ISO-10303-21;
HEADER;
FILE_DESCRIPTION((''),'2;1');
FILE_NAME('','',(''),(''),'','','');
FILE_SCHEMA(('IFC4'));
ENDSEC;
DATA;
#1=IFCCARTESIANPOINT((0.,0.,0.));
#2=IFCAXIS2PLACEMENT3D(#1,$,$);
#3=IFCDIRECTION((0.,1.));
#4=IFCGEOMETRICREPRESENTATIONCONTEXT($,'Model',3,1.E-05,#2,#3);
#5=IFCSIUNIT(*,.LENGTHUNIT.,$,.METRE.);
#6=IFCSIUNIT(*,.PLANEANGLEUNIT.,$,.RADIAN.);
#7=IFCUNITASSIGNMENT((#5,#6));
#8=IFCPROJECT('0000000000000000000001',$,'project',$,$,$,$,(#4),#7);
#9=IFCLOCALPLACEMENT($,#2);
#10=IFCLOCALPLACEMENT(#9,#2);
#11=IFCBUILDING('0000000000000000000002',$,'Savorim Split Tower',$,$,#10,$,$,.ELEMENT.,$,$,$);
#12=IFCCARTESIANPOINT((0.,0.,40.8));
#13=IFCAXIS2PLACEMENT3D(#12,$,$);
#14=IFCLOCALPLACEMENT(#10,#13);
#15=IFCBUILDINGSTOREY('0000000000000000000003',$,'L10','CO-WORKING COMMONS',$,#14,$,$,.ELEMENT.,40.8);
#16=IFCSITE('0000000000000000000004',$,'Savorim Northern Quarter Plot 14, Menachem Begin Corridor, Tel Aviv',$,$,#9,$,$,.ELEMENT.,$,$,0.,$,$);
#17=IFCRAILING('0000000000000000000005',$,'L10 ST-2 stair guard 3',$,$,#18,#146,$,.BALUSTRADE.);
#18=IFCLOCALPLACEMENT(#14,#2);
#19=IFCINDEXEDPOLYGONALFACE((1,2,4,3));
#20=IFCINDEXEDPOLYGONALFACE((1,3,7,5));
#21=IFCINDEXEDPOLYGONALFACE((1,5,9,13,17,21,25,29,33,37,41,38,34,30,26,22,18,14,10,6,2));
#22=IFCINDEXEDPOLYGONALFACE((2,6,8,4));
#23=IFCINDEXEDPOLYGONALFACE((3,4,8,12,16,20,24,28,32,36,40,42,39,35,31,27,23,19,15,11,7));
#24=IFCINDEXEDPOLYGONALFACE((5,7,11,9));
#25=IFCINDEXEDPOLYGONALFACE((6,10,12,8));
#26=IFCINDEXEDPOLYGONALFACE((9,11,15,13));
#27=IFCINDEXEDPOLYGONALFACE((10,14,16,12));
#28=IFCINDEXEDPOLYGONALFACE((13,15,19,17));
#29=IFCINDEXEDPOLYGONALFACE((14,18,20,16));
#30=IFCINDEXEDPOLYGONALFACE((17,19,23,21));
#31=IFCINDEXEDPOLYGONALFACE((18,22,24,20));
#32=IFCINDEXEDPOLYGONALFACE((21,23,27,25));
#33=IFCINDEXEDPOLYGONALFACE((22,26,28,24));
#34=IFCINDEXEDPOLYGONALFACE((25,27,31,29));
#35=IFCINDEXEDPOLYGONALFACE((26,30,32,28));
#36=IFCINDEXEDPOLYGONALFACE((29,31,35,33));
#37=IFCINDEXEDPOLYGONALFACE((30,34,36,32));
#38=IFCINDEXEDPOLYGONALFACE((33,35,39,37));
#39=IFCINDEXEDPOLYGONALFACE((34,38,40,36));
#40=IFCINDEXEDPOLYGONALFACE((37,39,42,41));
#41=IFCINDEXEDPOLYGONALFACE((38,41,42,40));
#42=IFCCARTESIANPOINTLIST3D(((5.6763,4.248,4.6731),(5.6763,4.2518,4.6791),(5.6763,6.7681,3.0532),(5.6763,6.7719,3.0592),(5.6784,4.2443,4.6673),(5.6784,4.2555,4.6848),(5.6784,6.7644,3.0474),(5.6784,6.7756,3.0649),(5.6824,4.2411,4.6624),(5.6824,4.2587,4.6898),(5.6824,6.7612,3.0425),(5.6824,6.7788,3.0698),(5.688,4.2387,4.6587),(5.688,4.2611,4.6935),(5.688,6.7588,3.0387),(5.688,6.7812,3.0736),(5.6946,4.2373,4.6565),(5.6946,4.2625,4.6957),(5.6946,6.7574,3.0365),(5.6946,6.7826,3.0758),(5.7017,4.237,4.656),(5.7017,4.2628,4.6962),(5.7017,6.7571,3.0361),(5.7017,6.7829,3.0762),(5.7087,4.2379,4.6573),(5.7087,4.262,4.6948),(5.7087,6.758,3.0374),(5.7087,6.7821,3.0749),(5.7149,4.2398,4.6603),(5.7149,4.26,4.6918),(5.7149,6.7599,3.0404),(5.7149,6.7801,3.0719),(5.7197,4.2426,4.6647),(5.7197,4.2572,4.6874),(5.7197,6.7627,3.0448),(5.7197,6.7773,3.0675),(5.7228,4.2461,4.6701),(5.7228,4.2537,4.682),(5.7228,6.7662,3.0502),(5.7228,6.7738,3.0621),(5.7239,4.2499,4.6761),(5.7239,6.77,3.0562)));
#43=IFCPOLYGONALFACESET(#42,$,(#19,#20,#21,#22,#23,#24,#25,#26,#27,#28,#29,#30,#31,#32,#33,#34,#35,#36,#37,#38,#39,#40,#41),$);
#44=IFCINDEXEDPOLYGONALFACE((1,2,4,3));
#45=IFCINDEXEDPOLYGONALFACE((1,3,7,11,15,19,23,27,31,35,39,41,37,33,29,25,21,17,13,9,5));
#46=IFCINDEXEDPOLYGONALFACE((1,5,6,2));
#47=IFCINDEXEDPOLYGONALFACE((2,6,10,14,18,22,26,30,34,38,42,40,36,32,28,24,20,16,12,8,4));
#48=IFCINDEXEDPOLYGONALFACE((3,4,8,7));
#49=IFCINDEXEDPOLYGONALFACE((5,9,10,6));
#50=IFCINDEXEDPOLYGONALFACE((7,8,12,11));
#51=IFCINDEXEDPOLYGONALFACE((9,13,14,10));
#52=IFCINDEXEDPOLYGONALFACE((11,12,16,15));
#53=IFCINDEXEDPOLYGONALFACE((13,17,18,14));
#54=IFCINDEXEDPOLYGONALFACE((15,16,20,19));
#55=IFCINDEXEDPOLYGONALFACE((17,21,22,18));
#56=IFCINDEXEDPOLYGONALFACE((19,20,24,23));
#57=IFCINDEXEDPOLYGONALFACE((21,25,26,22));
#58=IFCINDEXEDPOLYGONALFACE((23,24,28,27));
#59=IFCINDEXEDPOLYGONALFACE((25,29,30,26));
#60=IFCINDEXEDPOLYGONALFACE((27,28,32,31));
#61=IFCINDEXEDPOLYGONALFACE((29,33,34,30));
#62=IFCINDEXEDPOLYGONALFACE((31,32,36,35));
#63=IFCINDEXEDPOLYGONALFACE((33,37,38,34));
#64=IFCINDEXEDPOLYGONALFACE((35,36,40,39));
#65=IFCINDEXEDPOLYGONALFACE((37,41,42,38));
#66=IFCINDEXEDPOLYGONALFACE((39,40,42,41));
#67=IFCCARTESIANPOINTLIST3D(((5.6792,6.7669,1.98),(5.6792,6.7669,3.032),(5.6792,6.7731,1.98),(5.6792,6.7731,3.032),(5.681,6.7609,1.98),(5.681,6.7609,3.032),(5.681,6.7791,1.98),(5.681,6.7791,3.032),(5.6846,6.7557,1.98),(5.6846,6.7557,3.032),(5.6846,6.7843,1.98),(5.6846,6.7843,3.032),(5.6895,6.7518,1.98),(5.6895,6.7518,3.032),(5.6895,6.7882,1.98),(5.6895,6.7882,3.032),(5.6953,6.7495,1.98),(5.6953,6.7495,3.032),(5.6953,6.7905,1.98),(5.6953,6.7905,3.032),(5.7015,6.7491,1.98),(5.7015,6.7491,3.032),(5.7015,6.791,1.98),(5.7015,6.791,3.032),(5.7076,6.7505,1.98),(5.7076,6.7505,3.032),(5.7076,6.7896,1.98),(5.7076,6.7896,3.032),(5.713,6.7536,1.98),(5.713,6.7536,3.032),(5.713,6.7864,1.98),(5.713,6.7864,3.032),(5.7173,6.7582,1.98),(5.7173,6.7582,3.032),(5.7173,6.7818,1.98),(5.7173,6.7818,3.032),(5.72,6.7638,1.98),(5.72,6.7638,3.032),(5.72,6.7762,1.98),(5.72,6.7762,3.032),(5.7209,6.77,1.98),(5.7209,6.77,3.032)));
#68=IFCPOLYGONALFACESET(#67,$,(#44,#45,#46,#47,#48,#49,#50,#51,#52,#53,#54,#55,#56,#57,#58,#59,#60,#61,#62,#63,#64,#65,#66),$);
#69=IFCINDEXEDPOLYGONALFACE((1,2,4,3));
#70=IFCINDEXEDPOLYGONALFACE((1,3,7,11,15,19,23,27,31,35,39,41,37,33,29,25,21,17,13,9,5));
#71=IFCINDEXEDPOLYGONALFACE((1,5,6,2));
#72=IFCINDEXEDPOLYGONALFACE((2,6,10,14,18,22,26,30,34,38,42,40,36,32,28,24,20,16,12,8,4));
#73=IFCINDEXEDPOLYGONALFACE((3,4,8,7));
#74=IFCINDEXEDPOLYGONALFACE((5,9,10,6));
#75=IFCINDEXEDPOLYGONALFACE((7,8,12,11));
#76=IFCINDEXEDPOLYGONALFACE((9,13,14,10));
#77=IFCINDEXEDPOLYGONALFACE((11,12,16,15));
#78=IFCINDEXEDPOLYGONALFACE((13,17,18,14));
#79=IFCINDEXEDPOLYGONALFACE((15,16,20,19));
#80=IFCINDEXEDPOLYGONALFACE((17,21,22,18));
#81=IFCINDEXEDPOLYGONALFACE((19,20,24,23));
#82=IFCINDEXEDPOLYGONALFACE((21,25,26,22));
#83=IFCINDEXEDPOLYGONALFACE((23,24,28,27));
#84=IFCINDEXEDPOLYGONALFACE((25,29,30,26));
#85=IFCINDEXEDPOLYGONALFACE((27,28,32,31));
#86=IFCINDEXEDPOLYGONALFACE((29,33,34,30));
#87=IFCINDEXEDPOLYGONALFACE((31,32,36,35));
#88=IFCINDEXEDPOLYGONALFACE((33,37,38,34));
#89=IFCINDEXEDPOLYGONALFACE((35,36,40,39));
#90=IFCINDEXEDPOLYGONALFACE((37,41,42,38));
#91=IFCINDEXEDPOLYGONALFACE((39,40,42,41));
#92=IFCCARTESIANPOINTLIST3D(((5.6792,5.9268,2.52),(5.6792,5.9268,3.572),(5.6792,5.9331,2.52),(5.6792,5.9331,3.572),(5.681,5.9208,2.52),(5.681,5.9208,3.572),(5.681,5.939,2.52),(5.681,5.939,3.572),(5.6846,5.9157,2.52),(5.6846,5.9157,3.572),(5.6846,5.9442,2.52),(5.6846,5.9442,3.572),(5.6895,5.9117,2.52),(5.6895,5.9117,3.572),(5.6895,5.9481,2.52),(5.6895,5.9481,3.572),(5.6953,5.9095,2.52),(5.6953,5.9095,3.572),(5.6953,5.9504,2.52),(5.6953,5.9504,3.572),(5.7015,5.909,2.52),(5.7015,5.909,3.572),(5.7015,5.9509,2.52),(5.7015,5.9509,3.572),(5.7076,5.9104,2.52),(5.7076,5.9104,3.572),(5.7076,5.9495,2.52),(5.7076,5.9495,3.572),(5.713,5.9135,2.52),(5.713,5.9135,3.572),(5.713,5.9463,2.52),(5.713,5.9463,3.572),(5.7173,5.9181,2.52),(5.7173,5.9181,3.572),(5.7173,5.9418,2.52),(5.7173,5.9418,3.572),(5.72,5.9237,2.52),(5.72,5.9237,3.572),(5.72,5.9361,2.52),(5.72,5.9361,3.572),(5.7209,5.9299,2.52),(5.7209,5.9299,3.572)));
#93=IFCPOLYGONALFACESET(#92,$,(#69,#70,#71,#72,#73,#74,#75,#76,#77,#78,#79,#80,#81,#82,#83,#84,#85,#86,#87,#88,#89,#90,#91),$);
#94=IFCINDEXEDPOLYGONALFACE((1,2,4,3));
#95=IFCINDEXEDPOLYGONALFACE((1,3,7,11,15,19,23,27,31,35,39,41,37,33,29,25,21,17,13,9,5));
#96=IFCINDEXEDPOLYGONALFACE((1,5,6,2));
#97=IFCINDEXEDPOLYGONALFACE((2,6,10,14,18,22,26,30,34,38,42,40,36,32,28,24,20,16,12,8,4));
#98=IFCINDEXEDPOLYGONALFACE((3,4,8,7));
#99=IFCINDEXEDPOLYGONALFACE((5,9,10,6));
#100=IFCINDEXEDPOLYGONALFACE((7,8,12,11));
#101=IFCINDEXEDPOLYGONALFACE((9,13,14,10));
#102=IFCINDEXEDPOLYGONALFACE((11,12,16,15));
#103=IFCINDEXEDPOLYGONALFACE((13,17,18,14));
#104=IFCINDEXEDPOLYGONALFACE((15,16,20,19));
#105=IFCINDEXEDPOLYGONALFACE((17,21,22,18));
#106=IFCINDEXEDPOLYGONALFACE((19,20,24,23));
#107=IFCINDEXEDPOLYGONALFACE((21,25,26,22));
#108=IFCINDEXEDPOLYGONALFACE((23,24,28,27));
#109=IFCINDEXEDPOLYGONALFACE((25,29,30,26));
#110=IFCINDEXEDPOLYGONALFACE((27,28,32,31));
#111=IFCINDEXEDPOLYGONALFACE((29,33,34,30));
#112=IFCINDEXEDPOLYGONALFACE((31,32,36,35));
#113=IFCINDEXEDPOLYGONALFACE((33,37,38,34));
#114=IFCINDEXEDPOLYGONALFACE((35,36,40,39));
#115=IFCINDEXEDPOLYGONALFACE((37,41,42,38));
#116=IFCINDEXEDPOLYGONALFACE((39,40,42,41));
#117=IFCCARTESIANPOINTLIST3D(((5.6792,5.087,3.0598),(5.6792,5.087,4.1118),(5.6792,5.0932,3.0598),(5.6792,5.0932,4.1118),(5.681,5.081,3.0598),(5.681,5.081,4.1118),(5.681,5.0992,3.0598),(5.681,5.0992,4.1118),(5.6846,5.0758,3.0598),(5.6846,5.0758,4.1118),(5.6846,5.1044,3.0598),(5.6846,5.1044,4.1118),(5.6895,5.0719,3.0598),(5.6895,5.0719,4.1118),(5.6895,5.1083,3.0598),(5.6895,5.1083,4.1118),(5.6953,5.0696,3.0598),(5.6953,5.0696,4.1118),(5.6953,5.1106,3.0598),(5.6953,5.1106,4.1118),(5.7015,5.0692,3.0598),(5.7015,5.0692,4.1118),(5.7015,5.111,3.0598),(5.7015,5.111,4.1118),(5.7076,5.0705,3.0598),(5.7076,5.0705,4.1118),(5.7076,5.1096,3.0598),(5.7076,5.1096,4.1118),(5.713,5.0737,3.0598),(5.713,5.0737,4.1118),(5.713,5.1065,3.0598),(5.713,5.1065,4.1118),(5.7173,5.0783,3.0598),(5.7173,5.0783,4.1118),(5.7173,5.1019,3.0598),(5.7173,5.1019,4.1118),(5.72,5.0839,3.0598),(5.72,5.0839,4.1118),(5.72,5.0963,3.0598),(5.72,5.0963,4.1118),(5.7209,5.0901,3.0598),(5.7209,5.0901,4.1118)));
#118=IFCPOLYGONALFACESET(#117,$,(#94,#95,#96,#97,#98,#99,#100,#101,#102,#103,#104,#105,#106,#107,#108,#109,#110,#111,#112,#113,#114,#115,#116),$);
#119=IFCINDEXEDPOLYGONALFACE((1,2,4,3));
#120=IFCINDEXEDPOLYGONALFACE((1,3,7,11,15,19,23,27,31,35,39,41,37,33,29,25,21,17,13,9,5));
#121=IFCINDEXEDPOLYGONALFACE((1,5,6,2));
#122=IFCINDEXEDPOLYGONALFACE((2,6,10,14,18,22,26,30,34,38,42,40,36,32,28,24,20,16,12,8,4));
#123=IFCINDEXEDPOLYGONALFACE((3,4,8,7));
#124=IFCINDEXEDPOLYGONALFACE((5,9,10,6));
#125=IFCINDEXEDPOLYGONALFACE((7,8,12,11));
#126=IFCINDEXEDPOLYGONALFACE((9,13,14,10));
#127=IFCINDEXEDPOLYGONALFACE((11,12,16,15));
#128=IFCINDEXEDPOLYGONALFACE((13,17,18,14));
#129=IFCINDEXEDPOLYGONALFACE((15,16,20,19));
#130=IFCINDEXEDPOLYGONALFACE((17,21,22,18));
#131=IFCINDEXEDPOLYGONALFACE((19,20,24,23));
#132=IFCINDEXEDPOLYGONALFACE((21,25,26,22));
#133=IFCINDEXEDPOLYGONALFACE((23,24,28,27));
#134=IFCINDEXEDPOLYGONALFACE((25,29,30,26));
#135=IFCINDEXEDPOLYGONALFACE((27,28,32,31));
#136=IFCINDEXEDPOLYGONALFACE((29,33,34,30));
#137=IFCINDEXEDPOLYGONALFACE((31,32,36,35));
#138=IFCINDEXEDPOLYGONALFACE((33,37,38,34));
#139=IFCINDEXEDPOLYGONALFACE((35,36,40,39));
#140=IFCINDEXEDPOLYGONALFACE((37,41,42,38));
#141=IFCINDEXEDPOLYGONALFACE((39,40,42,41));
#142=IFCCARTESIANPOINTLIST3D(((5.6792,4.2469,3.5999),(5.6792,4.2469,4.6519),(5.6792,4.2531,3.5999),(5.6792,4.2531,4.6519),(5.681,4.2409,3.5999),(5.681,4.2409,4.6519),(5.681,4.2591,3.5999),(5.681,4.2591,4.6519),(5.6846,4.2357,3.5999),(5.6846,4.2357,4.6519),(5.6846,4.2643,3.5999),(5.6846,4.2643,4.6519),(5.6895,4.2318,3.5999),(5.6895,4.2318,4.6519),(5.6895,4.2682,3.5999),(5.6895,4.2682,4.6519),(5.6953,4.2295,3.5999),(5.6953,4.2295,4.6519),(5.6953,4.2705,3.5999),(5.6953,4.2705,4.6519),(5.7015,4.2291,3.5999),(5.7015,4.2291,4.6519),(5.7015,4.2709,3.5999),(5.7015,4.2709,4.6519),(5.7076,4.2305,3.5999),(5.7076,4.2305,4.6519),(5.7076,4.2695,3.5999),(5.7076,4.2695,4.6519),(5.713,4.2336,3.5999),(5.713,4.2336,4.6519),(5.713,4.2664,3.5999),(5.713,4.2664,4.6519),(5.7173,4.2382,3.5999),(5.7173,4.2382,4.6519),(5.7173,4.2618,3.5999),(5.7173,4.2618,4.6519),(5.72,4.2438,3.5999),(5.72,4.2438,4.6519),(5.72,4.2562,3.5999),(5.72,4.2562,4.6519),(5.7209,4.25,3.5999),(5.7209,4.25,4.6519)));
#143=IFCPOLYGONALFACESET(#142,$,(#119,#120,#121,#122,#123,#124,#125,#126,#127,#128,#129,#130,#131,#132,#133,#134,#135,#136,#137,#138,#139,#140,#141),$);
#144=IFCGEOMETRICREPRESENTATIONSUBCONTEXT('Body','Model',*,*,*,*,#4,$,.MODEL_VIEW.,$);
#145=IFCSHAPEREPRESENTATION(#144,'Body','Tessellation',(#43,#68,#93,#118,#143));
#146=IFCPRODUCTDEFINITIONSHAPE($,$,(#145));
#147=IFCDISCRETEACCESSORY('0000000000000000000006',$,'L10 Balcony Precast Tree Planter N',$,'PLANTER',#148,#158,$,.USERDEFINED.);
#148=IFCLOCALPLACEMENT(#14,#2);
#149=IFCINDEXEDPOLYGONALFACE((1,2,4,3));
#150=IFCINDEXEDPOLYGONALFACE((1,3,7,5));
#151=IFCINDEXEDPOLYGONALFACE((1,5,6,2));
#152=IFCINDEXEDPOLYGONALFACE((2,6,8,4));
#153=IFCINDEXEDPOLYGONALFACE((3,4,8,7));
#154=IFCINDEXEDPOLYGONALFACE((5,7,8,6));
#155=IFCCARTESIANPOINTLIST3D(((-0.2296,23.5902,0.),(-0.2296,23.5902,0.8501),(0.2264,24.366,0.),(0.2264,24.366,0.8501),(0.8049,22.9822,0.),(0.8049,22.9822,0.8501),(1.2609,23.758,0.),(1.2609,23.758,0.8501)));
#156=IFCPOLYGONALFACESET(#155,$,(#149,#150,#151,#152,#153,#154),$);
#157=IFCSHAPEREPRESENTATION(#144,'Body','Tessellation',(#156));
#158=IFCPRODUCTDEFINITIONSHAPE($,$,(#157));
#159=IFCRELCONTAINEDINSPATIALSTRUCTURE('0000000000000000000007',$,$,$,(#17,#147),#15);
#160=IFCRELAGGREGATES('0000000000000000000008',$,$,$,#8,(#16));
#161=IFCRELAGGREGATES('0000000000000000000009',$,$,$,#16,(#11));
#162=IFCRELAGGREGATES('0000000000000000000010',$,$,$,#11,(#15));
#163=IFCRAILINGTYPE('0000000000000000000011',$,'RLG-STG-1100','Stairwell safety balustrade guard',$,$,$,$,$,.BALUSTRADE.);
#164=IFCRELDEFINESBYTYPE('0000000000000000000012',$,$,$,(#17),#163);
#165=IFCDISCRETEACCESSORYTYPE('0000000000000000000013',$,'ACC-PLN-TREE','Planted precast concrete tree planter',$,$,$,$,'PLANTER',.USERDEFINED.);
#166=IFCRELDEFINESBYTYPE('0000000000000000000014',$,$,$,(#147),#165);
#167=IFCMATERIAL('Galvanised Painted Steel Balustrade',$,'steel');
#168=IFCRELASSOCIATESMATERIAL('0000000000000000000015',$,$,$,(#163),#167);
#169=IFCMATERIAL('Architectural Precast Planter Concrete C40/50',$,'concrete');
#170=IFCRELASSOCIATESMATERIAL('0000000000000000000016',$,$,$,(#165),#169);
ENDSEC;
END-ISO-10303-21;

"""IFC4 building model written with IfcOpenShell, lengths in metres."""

from ifc_helpers import new_model, si_unit, direction, frame, origin, origin_2d, place, context, subcontext, project, spatial, rectangle, circle, extrude, material, type_object, element, save


model = new_model("IFC4")

# Units and contexts
model_context = context("Model", 3, precision=1e-05, world=origin(), true_north=direction((0.0, 1.0)))
body_context = subcontext(model_context, "Body", "Model", "MODEL_VIEW")
ifc_project = project(units=[si_unit("LENGTHUNIT", "METRE"), si_unit("PLANEANGLEUNIT", "RADIAN")], contexts=[model_context])

# Site, building, storey
site_placement = place(None, origin())
site = spatial("IfcSite", under=ifc_project, at=site_placement, Name="Savorim Northern Quarter Plot 14, Menachem Begin Corridor, Tel Aviv", CompositionType="ELEMENT", RefElevation=0.0)
building_placement = place(site_placement, origin())
building = spatial("IfcBuilding", under=site, at=building_placement, Name="Savorim Split Tower", CompositionType="ELEMENT")
storey_placement = place(building_placement, frame((0.0, 0.0, 40.8)))
storey = spatial("IfcBuildingStorey", under=building, at=storey_placement, Name="L10", Description="CO-WORKING COMMONS", CompositionType="ELEMENT", Elevation=40.8)

# Railing
ifc_material_1 = material(Name="Galvanised Painted Steel Balustrade", Category="steel")
railing_type_1 = type_object("IfcRailingType", Name="RLG-STG-1100", Description="Stairwell safety balustrade guard", PredefinedType="BALUSTRADE", material=ifc_material_1)
railing_1_placement = place(storey_placement, frame((5.7, 6.77, 1.98)))
element("IfcRailing", 1, at=railing_1_placement, inside=storey, type_object=railing_type_1, Name="L10 ST-2 stair guard 3", PredefinedType="BALUSTRADE", context=body_context, shape_type="SweptSolid", body=[
    extrude(circle(Radius=0.0239, at=origin_2d()), frame((0.0, 0.0, 1.0762), z_axis=(0.0, -0.8412, 0.540725), x_axis=(1.0, 0.0, 0.0)), (0.0, 0.0, 1.0), 2.9958),
    extrude(circle(Radius=0.021, at=origin_2d()), origin(), (0.0, 0.0, 1.0), 1.052),
    extrude(circle(Radius=0.021, at=origin_2d()), frame((0.0, -0.8401, 0.54)), (0.0, 0.0, 1.0), 1.052),
    extrude(circle(Radius=0.021, at=origin_2d()), frame((0.0, -1.6799, 1.0798)), (0.0, 0.0, 1.0), 1.052),
    extrude(circle(Radius=0.021, at=origin_2d()), frame((0.0, -2.52, 1.6199)), (0.0, 0.0, 1.0), 1.052),
])

# Discrete accessory
ifc_material_2 = material(Name="Architectural Precast Planter Concrete C40/50", Category="concrete")
discrete_accessory_type = type_object("IfcDiscreteAccessoryType", Name="ACC-PLN-TREE", Description="Planted precast concrete tree planter", ElementType="PLANTER", PredefinedType="USERDEFINED", material=ifc_material_2)
discrete_accessory_placement = place(storey_placement, frame((0.5156, 23.6741, 0.0), z_axis=(0.0, 0.0, 1.0), x_axis=(-0.862126, 0.506694, 0.0)))
element("IfcDiscreteAccessory", 2, at=discrete_accessory_placement, inside=storey, type_object=discrete_accessory_type, Name="L10 Balcony Precast Tree Planter N", ObjectType="PLANTER", PredefinedType="USERDEFINED", context=body_context, shape_type="SweptSolid", body=[
    extrude(rectangle(XDim=1.2, YDim=0.8999, at=origin_2d()), origin(), (0.0, 0.0, 1.0), 0.8501),
])

save(model, "model.ifc")
